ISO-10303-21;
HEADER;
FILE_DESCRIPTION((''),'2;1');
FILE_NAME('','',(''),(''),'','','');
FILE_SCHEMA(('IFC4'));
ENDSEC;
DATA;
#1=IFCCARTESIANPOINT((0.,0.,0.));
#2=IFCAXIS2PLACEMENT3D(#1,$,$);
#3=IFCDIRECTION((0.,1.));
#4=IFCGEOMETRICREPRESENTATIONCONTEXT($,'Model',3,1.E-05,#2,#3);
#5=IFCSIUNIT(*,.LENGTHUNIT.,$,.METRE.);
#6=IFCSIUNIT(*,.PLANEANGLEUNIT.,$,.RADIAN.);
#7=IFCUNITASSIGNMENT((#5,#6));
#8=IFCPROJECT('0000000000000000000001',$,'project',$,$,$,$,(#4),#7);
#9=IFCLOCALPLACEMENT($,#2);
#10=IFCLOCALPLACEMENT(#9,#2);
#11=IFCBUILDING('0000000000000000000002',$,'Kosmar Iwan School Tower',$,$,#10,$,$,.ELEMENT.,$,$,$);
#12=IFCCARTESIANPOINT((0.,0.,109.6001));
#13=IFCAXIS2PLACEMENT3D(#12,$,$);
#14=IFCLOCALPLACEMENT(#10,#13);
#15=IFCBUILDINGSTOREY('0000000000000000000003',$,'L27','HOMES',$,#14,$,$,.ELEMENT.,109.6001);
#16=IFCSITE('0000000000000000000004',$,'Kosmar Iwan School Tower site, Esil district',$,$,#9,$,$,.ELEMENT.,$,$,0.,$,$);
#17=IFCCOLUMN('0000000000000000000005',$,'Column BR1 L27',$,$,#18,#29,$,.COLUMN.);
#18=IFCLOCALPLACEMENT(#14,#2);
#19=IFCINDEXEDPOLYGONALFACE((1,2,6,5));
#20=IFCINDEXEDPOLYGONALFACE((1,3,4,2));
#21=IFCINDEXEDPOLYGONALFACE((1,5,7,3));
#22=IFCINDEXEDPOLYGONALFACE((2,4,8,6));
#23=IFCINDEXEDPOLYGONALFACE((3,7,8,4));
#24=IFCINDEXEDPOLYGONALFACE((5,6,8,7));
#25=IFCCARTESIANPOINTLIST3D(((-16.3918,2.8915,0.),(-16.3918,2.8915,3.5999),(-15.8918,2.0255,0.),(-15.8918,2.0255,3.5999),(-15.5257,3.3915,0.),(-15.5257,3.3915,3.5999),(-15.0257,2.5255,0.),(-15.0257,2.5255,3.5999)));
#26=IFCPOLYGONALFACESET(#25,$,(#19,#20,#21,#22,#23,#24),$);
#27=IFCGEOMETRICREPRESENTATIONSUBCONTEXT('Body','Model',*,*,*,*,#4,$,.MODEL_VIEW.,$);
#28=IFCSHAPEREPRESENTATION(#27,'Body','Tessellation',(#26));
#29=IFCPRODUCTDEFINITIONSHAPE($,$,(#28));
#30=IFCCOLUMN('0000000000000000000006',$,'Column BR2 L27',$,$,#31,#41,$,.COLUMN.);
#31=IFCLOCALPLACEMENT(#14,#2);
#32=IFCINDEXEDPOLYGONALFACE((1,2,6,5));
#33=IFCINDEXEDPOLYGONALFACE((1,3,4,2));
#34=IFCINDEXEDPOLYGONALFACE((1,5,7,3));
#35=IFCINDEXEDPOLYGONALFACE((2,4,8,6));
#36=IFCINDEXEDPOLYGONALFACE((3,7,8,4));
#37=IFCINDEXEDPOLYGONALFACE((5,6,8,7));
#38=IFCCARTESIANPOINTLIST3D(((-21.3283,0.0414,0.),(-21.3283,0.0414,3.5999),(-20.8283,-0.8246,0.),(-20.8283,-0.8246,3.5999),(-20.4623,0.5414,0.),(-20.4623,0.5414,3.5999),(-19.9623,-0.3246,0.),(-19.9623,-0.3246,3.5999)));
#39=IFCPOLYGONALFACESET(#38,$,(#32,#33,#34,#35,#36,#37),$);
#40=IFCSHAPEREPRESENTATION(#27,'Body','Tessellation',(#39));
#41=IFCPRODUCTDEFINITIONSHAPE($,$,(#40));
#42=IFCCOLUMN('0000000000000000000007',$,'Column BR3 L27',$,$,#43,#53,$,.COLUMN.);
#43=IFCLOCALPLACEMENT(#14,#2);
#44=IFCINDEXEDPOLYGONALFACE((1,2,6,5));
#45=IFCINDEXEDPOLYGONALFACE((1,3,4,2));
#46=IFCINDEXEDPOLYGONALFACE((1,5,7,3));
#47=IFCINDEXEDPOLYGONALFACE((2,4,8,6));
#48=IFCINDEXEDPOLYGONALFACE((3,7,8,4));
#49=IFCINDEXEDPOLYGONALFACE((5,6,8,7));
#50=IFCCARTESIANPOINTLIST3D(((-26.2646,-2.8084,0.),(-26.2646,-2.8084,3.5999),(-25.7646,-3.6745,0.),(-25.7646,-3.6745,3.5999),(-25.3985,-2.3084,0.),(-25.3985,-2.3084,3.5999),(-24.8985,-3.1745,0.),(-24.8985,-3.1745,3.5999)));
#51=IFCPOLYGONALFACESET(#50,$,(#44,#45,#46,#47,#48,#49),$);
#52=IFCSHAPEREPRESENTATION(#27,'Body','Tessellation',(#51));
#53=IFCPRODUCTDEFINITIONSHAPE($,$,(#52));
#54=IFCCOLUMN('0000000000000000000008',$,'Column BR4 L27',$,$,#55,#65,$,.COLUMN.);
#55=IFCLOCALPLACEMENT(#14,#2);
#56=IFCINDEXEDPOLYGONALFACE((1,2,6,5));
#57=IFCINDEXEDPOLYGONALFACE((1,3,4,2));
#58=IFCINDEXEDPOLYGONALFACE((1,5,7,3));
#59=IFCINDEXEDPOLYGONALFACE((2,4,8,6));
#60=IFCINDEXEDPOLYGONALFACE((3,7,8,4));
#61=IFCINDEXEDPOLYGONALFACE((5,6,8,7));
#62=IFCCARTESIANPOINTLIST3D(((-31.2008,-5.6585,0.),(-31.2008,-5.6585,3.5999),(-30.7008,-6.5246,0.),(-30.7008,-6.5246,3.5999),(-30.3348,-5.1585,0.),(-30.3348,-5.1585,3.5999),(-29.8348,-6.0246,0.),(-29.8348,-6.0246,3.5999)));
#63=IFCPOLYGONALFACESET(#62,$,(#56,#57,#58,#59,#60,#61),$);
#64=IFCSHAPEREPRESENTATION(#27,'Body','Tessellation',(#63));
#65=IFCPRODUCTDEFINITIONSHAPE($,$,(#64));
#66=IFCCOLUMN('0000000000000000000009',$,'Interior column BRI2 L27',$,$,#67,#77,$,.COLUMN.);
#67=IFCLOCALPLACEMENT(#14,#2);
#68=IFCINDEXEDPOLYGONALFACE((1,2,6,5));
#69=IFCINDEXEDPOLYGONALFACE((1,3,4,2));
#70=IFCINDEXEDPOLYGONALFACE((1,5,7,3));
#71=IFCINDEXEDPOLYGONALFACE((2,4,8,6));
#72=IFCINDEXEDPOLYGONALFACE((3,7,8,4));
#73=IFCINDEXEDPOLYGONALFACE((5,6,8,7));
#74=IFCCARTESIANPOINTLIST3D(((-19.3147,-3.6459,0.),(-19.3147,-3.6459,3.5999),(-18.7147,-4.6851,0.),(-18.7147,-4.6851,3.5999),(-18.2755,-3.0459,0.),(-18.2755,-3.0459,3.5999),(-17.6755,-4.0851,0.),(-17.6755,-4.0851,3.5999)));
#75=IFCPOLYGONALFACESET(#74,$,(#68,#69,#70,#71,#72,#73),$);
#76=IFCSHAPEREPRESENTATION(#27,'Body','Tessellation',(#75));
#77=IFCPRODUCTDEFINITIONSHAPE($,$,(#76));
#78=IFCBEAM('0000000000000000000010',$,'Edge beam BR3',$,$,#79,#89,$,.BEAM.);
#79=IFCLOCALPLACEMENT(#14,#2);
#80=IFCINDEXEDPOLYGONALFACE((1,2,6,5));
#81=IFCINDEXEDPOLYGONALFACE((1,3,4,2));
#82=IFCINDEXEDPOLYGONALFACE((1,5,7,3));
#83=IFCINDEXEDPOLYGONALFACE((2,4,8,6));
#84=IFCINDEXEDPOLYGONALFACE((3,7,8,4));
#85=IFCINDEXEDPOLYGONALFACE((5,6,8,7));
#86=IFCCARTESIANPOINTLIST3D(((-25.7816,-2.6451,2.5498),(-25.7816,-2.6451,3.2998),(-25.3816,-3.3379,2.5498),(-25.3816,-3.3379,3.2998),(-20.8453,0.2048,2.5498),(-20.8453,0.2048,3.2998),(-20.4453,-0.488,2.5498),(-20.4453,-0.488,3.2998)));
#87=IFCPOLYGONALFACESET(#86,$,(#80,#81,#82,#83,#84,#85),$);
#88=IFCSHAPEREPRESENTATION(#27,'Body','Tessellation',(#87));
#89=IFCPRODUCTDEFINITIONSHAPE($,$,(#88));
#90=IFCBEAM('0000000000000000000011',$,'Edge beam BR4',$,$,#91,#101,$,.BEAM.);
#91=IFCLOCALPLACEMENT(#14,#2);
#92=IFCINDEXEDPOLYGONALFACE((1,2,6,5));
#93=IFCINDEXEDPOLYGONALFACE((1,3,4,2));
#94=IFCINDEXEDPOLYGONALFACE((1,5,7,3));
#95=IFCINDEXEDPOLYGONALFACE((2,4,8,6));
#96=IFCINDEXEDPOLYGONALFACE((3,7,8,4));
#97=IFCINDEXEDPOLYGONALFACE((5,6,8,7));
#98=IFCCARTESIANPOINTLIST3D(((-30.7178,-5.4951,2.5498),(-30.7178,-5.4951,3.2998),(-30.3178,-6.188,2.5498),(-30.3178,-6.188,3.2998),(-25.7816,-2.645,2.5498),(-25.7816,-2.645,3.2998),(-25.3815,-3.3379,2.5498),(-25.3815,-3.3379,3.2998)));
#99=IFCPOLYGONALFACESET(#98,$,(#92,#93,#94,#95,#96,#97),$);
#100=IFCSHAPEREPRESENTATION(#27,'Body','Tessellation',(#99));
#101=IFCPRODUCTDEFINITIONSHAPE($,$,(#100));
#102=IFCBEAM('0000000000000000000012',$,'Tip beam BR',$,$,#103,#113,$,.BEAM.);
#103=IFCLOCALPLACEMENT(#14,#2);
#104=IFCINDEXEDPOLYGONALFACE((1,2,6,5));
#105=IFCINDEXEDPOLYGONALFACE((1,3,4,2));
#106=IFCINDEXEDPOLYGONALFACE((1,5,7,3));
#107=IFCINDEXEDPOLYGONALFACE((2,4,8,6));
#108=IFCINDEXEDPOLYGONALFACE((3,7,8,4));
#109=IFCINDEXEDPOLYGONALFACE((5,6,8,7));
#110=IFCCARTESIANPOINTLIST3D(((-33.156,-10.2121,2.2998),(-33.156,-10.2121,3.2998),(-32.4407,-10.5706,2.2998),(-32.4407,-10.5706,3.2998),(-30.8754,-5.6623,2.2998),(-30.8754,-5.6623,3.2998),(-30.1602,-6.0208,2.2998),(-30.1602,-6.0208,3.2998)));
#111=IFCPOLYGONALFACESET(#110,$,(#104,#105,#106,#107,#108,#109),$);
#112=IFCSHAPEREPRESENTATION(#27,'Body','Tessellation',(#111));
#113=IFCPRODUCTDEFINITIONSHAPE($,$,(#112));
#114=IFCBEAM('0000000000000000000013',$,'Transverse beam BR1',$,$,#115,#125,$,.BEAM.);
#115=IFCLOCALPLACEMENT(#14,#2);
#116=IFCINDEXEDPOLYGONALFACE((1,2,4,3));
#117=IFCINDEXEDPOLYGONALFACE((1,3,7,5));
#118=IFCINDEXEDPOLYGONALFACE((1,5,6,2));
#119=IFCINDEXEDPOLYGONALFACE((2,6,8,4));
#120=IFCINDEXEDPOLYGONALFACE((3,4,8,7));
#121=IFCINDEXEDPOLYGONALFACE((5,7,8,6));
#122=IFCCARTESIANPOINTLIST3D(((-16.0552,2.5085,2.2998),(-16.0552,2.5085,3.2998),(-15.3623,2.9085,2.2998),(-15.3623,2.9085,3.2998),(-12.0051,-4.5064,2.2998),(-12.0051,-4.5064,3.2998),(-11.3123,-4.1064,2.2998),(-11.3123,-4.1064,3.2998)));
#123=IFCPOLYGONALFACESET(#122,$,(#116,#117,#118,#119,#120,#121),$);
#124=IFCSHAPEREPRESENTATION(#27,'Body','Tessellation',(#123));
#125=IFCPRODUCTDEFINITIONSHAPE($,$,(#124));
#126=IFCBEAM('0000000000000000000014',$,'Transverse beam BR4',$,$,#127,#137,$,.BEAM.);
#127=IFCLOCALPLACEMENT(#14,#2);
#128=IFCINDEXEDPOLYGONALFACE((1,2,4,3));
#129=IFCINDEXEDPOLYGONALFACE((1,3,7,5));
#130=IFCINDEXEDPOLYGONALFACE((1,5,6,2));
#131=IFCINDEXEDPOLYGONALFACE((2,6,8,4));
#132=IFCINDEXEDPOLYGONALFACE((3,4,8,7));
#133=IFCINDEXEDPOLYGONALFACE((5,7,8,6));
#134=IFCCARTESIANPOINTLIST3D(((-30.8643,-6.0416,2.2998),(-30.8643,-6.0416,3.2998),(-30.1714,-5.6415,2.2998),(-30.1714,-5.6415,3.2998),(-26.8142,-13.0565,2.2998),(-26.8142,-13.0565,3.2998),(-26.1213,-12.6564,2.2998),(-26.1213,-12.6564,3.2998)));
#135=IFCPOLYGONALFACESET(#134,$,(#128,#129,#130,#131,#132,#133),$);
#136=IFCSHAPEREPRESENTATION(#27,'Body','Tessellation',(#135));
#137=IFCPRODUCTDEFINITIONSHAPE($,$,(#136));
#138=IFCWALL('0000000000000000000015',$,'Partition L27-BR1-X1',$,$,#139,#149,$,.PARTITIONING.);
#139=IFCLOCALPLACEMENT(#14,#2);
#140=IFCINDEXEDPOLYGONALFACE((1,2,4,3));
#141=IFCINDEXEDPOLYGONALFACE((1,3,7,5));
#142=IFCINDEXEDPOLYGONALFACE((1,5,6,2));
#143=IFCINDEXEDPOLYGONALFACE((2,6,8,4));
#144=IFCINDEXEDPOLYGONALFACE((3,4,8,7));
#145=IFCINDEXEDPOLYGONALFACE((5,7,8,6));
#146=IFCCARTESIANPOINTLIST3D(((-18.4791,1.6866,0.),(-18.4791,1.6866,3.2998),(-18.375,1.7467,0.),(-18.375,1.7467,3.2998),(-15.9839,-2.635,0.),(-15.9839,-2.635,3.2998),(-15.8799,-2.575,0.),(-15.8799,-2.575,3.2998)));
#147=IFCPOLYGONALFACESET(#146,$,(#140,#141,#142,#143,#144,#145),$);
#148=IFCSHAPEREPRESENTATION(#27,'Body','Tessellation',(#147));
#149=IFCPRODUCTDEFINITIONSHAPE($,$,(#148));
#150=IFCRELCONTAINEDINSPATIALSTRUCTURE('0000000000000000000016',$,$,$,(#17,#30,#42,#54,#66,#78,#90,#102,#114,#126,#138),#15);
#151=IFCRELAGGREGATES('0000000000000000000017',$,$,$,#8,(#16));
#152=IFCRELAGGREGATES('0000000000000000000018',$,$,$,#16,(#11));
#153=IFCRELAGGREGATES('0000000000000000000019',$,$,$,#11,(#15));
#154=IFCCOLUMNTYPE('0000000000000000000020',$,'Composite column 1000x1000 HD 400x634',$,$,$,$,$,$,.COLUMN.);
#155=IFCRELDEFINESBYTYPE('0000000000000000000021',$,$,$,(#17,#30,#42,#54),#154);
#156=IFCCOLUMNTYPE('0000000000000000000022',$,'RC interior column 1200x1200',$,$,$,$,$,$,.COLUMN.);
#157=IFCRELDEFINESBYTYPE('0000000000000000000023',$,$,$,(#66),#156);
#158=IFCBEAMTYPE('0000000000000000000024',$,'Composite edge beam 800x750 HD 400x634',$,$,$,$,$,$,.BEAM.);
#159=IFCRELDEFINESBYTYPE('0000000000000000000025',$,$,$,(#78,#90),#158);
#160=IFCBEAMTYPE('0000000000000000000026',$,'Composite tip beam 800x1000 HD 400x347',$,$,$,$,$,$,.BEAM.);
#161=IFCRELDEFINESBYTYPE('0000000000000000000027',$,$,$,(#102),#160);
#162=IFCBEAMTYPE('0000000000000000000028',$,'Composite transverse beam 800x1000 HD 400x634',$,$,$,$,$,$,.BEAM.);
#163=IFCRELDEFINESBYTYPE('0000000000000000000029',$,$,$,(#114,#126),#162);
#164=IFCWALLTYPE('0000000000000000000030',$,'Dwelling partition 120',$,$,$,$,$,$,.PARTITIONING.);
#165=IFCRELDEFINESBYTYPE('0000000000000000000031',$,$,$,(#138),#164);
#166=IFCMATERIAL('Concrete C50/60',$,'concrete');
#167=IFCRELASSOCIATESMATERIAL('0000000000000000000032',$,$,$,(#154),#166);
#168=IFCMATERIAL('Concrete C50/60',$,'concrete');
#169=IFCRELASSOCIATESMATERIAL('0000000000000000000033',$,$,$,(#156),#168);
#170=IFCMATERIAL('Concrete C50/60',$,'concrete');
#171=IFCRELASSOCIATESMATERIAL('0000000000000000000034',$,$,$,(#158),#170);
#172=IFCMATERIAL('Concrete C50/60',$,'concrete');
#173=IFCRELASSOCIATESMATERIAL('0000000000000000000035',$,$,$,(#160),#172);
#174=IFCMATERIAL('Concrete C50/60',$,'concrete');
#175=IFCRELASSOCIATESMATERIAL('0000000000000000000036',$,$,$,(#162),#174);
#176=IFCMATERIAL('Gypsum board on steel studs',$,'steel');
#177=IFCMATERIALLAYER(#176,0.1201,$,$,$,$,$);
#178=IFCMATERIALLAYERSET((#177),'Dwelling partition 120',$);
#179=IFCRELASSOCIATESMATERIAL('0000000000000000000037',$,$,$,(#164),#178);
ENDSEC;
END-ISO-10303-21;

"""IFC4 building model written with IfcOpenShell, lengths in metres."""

from ifc_helpers import new_model, si_unit, direction, frame, frame_2d, origin, origin_2d, place, context, subcontext, project, spatial, rectangle, extrude, material, layer, layer_set, material_profile, profile_set, type_object, element, save


model = new_model("IFC4")

# Units and contexts
model_context = context("Model", 3, precision=1e-05, world=origin(), true_north=direction((0.0, 1.0)))
body_context = subcontext(model_context, "Body", "Model", "MODEL_VIEW")
ifc_project = project(units=[si_unit("LENGTHUNIT", "METRE"), si_unit("PLANEANGLEUNIT", "RADIAN")], contexts=[model_context])

# Site, building, storey
site_placement = place(None, origin())
site = spatial("IfcSite", under=ifc_project, at=site_placement, Name="Kosmar Iwan School Tower site, Esil district", CompositionType="ELEMENT", RefElevation=0.0)
building_placement = place(site_placement, origin())
building = spatial("IfcBuilding", under=site, at=building_placement, Name="Kosmar Iwan School Tower", CompositionType="ELEMENT")
storey_placement = place(building_placement, frame((0.0, 0.0, 109.6001)))
storey = spatial("IfcBuildingStorey", under=building, at=storey_placement, Name="L27", Description="HOMES", CompositionType="ELEMENT", Elevation=109.6001)

# Columns
ifc_material_1 = material(Name="Concrete C50/60", Category="concrete")
ifc_material_profile_1 = material_profile(ifc_material_1, rectangle(XDim=1.0, YDim=1.0, at=origin_2d()), Name="RC 1000x1000 + HD 400x634")
ifc_profile_set_1 = profile_set([ifc_material_profile_1], Name="Concrete C50/60")
column_type_1 = type_object("IfcColumnType", Name="Composite column 1000x1000 HD 400x634", PredefinedType="COLUMN", material=ifc_profile_set_1)
for number, where, z_axis, x_axis, name in (
    (1, (-15.7087, 2.7085, 0.0), (0.0, 0.0, 1.0), (-0.866025, -0.5, 0.0), "Column BR1 L27"),
    (2, (-20.6453, -0.1416, 0.0), (0.0, 0.0, 1.0), (-0.866025, -0.5, 0.0), "Column BR2 L27"),
    (3, (-25.5815, -2.9915, 0.0), (0.0, 0.0, 1.0), (-0.866025, -0.5, 0.0), "Column BR3 L27"),
    (4, (-30.5178, -5.8416, 0.0), (0.0, 0.0, 1.0), (-0.866025, -0.5, 0.0), "Column BR4 L27"),
):
    element("IfcColumn", number, at=place(storey_placement, frame(where, z_axis=z_axis, x_axis=x_axis)), inside=storey, type_object=column_type_1, Name=name, PredefinedType="COLUMN", context=body_context, shape_type="SweptSolid", body=[
        extrude(rectangle(XDim=1.0, YDim=1.0, at=origin_2d()), origin(), (0.0, 0.0, 1.0), 3.5999),
    ])
ifc_material_2 = material(Name="Concrete C50/60", Category="concrete")
ifc_material_profile_2 = material_profile(ifc_material_2, rectangle(XDim=1.2, YDim=1.2, at=origin_2d()), Name="RC 1200x1200")
ifc_profile_set_2 = profile_set([ifc_material_profile_2], Name="Concrete C50/60")
column_type_2 = type_object("IfcColumnType", Name="RC interior column 1200x1200", PredefinedType="COLUMN", material=ifc_profile_set_2)
column_placement = place(storey_placement, frame((-18.4951, -3.8655, 0.0), z_axis=(0.0, 0.0, 1.0), x_axis=(-0.866025, -0.5, 0.0)))
element("IfcColumn", 5, at=column_placement, inside=storey, type_object=column_type_2, Name="Interior column BRI2 L27", PredefinedType="COLUMN", context=body_context, shape_type="SweptSolid", body=[
    extrude(rectangle(XDim=1.2, YDim=1.2, at=origin_2d()), origin(), (0.0, 0.0, 1.0), 3.5999),
])

# Beams
ifc_material_3 = material(Name="Concrete C50/60", Category="concrete")
ifc_material_profile_3 = material_profile(ifc_material_3, rectangle(XDim=0.8, YDim=0.75, at=origin_2d()), Name="RC 800x750 + HD 400x634")
ifc_profile_set_3 = profile_set([ifc_material_profile_3], Name="Concrete C50/60")
beam_type_1 = type_object("IfcBeamType", Name="Composite edge beam 800x750 HD 400x634", PredefinedType="BEAM", material=ifc_profile_set_3)
for number, where, z_axis, x_axis, name in (
    (6, (-20.6453, -0.1416, 2.9248), (-0.866034, -0.499986, 0.0), (0.499986, -0.866034, 0.0), "Edge beam BR3"),
    (7, (-25.5815, -2.9915, 2.9248), (-0.866015, -0.500018, 0.0), (0.500018, -0.866015, 0.0), "Edge beam BR4"),
):
    element("IfcBeam", number, at=place(storey_placement, frame(where, z_axis=z_axis, x_axis=x_axis)), inside=storey, type_object=beam_type_1, Name=name, PredefinedType="BEAM", context=body_context, shape_type="SweptSolid", body=[
        extrude(rectangle(XDim=0.8, YDim=0.75, at=origin_2d()), origin(), (0.0, 0.0, 1.0), 5.7),
    ])
ifc_material_4 = material(Name="Concrete C50/60", Category="concrete")
ifc_material_profile_4 = material_profile(ifc_material_4, rectangle(XDim=0.8, YDim=1.0, at=origin_2d()), Name="RC 800x1000 + HD 400x347")
ifc_profile_set_4 = profile_set([ifc_material_profile_4], Name="Concrete C50/60")
beam_type_2 = type_object("IfcBeamType", Name="Composite tip beam 800x1000 HD 400x347", PredefinedType="BEAM", material=ifc_profile_set_4)
beam_placement = place(storey_placement, frame((-30.5178, -5.8416, 2.7998), z_axis=(-0.448096, -0.893985, 0.0), x_axis=(0.893985, -0.448096, 0.0)))
element("IfcBeam", 8, at=beam_placement, inside=storey, type_object=beam_type_2, Name="Tip beam BR", PredefinedType="BEAM", context=body_context, shape_type="SweptSolid", body=[
    extrude(rectangle(XDim=0.8, YDim=1.0, at=origin_2d()), origin(), (0.0, 0.0, 1.0), 5.0894),
])
ifc_material_5 = material(Name="Concrete C50/60", Category="concrete")
ifc_material_profile_5 = material_profile(ifc_material_5, rectangle(XDim=0.8, YDim=1.0, at=origin_2d()), Name="RC 800x1000 + HD 400x634")
ifc_profile_set_5 = profile_set([ifc_material_profile_5], Name="Concrete C50/60")
beam_type_3 = type_object("IfcBeamType", Name="Composite transverse beam 800x1000 HD 400x634", PredefinedType="BEAM", material=ifc_profile_set_5)
for number, where, z_axis, x_axis, name in (
    (9, (-15.7087, 2.7085, 2.7998), (0.5, -0.866025, 0.0), (0.866025, 0.5, 0.0), "Transverse beam BR1"),
    (10, (-30.5178, -5.8416, 2.7998), (0.5, -0.866025, 0.0), (0.866025, 0.5, 0.0), "Transverse beam BR4"),
):
    element("IfcBeam", number, at=place(storey_placement, frame(where, z_axis=z_axis, x_axis=x_axis)), inside=storey, type_object=beam_type_3, Name=name, PredefinedType="BEAM", context=body_context, shape_type="SweptSolid", body=[
        extrude(rectangle(XDim=0.8, YDim=1.0, at=origin_2d()), origin(), (0.0, 0.0, 1.0), 8.1001),
    ])

# Wall
ifc_material_6 = material(Name="Gypsum board on steel studs", Category="steel")
ifc_layer = layer(ifc_material_6, 0.1201)
ifc_layer_set = layer_set([ifc_layer], Name="Dwelling partition 120")
wall_type = type_object("IfcWallType", Name="Dwelling partition 120", PredefinedType="PARTITIONING", material=ifc_layer_set)
wall_1_placement = place(storey_placement, frame((-15.9319, -2.605, 0.0), z_axis=(0.0, 0.0, 1.0), x_axis=(-0.500012, 0.866019, 0.0)))
element("IfcWall", 11, at=wall_1_placement, inside=storey, type_object=wall_type, Name="Partition L27-BR1-X1", PredefinedType="PARTITIONING", context=body_context, shape_type="SweptSolid", body=[
    extrude(rectangle(XDim=4.9902, YDim=0.1201, at=frame_2d((2.4951, 0.0))), origin(), (0.0, 0.0, 1.0), 3.2998),
])

save(model, "model.ifc")
